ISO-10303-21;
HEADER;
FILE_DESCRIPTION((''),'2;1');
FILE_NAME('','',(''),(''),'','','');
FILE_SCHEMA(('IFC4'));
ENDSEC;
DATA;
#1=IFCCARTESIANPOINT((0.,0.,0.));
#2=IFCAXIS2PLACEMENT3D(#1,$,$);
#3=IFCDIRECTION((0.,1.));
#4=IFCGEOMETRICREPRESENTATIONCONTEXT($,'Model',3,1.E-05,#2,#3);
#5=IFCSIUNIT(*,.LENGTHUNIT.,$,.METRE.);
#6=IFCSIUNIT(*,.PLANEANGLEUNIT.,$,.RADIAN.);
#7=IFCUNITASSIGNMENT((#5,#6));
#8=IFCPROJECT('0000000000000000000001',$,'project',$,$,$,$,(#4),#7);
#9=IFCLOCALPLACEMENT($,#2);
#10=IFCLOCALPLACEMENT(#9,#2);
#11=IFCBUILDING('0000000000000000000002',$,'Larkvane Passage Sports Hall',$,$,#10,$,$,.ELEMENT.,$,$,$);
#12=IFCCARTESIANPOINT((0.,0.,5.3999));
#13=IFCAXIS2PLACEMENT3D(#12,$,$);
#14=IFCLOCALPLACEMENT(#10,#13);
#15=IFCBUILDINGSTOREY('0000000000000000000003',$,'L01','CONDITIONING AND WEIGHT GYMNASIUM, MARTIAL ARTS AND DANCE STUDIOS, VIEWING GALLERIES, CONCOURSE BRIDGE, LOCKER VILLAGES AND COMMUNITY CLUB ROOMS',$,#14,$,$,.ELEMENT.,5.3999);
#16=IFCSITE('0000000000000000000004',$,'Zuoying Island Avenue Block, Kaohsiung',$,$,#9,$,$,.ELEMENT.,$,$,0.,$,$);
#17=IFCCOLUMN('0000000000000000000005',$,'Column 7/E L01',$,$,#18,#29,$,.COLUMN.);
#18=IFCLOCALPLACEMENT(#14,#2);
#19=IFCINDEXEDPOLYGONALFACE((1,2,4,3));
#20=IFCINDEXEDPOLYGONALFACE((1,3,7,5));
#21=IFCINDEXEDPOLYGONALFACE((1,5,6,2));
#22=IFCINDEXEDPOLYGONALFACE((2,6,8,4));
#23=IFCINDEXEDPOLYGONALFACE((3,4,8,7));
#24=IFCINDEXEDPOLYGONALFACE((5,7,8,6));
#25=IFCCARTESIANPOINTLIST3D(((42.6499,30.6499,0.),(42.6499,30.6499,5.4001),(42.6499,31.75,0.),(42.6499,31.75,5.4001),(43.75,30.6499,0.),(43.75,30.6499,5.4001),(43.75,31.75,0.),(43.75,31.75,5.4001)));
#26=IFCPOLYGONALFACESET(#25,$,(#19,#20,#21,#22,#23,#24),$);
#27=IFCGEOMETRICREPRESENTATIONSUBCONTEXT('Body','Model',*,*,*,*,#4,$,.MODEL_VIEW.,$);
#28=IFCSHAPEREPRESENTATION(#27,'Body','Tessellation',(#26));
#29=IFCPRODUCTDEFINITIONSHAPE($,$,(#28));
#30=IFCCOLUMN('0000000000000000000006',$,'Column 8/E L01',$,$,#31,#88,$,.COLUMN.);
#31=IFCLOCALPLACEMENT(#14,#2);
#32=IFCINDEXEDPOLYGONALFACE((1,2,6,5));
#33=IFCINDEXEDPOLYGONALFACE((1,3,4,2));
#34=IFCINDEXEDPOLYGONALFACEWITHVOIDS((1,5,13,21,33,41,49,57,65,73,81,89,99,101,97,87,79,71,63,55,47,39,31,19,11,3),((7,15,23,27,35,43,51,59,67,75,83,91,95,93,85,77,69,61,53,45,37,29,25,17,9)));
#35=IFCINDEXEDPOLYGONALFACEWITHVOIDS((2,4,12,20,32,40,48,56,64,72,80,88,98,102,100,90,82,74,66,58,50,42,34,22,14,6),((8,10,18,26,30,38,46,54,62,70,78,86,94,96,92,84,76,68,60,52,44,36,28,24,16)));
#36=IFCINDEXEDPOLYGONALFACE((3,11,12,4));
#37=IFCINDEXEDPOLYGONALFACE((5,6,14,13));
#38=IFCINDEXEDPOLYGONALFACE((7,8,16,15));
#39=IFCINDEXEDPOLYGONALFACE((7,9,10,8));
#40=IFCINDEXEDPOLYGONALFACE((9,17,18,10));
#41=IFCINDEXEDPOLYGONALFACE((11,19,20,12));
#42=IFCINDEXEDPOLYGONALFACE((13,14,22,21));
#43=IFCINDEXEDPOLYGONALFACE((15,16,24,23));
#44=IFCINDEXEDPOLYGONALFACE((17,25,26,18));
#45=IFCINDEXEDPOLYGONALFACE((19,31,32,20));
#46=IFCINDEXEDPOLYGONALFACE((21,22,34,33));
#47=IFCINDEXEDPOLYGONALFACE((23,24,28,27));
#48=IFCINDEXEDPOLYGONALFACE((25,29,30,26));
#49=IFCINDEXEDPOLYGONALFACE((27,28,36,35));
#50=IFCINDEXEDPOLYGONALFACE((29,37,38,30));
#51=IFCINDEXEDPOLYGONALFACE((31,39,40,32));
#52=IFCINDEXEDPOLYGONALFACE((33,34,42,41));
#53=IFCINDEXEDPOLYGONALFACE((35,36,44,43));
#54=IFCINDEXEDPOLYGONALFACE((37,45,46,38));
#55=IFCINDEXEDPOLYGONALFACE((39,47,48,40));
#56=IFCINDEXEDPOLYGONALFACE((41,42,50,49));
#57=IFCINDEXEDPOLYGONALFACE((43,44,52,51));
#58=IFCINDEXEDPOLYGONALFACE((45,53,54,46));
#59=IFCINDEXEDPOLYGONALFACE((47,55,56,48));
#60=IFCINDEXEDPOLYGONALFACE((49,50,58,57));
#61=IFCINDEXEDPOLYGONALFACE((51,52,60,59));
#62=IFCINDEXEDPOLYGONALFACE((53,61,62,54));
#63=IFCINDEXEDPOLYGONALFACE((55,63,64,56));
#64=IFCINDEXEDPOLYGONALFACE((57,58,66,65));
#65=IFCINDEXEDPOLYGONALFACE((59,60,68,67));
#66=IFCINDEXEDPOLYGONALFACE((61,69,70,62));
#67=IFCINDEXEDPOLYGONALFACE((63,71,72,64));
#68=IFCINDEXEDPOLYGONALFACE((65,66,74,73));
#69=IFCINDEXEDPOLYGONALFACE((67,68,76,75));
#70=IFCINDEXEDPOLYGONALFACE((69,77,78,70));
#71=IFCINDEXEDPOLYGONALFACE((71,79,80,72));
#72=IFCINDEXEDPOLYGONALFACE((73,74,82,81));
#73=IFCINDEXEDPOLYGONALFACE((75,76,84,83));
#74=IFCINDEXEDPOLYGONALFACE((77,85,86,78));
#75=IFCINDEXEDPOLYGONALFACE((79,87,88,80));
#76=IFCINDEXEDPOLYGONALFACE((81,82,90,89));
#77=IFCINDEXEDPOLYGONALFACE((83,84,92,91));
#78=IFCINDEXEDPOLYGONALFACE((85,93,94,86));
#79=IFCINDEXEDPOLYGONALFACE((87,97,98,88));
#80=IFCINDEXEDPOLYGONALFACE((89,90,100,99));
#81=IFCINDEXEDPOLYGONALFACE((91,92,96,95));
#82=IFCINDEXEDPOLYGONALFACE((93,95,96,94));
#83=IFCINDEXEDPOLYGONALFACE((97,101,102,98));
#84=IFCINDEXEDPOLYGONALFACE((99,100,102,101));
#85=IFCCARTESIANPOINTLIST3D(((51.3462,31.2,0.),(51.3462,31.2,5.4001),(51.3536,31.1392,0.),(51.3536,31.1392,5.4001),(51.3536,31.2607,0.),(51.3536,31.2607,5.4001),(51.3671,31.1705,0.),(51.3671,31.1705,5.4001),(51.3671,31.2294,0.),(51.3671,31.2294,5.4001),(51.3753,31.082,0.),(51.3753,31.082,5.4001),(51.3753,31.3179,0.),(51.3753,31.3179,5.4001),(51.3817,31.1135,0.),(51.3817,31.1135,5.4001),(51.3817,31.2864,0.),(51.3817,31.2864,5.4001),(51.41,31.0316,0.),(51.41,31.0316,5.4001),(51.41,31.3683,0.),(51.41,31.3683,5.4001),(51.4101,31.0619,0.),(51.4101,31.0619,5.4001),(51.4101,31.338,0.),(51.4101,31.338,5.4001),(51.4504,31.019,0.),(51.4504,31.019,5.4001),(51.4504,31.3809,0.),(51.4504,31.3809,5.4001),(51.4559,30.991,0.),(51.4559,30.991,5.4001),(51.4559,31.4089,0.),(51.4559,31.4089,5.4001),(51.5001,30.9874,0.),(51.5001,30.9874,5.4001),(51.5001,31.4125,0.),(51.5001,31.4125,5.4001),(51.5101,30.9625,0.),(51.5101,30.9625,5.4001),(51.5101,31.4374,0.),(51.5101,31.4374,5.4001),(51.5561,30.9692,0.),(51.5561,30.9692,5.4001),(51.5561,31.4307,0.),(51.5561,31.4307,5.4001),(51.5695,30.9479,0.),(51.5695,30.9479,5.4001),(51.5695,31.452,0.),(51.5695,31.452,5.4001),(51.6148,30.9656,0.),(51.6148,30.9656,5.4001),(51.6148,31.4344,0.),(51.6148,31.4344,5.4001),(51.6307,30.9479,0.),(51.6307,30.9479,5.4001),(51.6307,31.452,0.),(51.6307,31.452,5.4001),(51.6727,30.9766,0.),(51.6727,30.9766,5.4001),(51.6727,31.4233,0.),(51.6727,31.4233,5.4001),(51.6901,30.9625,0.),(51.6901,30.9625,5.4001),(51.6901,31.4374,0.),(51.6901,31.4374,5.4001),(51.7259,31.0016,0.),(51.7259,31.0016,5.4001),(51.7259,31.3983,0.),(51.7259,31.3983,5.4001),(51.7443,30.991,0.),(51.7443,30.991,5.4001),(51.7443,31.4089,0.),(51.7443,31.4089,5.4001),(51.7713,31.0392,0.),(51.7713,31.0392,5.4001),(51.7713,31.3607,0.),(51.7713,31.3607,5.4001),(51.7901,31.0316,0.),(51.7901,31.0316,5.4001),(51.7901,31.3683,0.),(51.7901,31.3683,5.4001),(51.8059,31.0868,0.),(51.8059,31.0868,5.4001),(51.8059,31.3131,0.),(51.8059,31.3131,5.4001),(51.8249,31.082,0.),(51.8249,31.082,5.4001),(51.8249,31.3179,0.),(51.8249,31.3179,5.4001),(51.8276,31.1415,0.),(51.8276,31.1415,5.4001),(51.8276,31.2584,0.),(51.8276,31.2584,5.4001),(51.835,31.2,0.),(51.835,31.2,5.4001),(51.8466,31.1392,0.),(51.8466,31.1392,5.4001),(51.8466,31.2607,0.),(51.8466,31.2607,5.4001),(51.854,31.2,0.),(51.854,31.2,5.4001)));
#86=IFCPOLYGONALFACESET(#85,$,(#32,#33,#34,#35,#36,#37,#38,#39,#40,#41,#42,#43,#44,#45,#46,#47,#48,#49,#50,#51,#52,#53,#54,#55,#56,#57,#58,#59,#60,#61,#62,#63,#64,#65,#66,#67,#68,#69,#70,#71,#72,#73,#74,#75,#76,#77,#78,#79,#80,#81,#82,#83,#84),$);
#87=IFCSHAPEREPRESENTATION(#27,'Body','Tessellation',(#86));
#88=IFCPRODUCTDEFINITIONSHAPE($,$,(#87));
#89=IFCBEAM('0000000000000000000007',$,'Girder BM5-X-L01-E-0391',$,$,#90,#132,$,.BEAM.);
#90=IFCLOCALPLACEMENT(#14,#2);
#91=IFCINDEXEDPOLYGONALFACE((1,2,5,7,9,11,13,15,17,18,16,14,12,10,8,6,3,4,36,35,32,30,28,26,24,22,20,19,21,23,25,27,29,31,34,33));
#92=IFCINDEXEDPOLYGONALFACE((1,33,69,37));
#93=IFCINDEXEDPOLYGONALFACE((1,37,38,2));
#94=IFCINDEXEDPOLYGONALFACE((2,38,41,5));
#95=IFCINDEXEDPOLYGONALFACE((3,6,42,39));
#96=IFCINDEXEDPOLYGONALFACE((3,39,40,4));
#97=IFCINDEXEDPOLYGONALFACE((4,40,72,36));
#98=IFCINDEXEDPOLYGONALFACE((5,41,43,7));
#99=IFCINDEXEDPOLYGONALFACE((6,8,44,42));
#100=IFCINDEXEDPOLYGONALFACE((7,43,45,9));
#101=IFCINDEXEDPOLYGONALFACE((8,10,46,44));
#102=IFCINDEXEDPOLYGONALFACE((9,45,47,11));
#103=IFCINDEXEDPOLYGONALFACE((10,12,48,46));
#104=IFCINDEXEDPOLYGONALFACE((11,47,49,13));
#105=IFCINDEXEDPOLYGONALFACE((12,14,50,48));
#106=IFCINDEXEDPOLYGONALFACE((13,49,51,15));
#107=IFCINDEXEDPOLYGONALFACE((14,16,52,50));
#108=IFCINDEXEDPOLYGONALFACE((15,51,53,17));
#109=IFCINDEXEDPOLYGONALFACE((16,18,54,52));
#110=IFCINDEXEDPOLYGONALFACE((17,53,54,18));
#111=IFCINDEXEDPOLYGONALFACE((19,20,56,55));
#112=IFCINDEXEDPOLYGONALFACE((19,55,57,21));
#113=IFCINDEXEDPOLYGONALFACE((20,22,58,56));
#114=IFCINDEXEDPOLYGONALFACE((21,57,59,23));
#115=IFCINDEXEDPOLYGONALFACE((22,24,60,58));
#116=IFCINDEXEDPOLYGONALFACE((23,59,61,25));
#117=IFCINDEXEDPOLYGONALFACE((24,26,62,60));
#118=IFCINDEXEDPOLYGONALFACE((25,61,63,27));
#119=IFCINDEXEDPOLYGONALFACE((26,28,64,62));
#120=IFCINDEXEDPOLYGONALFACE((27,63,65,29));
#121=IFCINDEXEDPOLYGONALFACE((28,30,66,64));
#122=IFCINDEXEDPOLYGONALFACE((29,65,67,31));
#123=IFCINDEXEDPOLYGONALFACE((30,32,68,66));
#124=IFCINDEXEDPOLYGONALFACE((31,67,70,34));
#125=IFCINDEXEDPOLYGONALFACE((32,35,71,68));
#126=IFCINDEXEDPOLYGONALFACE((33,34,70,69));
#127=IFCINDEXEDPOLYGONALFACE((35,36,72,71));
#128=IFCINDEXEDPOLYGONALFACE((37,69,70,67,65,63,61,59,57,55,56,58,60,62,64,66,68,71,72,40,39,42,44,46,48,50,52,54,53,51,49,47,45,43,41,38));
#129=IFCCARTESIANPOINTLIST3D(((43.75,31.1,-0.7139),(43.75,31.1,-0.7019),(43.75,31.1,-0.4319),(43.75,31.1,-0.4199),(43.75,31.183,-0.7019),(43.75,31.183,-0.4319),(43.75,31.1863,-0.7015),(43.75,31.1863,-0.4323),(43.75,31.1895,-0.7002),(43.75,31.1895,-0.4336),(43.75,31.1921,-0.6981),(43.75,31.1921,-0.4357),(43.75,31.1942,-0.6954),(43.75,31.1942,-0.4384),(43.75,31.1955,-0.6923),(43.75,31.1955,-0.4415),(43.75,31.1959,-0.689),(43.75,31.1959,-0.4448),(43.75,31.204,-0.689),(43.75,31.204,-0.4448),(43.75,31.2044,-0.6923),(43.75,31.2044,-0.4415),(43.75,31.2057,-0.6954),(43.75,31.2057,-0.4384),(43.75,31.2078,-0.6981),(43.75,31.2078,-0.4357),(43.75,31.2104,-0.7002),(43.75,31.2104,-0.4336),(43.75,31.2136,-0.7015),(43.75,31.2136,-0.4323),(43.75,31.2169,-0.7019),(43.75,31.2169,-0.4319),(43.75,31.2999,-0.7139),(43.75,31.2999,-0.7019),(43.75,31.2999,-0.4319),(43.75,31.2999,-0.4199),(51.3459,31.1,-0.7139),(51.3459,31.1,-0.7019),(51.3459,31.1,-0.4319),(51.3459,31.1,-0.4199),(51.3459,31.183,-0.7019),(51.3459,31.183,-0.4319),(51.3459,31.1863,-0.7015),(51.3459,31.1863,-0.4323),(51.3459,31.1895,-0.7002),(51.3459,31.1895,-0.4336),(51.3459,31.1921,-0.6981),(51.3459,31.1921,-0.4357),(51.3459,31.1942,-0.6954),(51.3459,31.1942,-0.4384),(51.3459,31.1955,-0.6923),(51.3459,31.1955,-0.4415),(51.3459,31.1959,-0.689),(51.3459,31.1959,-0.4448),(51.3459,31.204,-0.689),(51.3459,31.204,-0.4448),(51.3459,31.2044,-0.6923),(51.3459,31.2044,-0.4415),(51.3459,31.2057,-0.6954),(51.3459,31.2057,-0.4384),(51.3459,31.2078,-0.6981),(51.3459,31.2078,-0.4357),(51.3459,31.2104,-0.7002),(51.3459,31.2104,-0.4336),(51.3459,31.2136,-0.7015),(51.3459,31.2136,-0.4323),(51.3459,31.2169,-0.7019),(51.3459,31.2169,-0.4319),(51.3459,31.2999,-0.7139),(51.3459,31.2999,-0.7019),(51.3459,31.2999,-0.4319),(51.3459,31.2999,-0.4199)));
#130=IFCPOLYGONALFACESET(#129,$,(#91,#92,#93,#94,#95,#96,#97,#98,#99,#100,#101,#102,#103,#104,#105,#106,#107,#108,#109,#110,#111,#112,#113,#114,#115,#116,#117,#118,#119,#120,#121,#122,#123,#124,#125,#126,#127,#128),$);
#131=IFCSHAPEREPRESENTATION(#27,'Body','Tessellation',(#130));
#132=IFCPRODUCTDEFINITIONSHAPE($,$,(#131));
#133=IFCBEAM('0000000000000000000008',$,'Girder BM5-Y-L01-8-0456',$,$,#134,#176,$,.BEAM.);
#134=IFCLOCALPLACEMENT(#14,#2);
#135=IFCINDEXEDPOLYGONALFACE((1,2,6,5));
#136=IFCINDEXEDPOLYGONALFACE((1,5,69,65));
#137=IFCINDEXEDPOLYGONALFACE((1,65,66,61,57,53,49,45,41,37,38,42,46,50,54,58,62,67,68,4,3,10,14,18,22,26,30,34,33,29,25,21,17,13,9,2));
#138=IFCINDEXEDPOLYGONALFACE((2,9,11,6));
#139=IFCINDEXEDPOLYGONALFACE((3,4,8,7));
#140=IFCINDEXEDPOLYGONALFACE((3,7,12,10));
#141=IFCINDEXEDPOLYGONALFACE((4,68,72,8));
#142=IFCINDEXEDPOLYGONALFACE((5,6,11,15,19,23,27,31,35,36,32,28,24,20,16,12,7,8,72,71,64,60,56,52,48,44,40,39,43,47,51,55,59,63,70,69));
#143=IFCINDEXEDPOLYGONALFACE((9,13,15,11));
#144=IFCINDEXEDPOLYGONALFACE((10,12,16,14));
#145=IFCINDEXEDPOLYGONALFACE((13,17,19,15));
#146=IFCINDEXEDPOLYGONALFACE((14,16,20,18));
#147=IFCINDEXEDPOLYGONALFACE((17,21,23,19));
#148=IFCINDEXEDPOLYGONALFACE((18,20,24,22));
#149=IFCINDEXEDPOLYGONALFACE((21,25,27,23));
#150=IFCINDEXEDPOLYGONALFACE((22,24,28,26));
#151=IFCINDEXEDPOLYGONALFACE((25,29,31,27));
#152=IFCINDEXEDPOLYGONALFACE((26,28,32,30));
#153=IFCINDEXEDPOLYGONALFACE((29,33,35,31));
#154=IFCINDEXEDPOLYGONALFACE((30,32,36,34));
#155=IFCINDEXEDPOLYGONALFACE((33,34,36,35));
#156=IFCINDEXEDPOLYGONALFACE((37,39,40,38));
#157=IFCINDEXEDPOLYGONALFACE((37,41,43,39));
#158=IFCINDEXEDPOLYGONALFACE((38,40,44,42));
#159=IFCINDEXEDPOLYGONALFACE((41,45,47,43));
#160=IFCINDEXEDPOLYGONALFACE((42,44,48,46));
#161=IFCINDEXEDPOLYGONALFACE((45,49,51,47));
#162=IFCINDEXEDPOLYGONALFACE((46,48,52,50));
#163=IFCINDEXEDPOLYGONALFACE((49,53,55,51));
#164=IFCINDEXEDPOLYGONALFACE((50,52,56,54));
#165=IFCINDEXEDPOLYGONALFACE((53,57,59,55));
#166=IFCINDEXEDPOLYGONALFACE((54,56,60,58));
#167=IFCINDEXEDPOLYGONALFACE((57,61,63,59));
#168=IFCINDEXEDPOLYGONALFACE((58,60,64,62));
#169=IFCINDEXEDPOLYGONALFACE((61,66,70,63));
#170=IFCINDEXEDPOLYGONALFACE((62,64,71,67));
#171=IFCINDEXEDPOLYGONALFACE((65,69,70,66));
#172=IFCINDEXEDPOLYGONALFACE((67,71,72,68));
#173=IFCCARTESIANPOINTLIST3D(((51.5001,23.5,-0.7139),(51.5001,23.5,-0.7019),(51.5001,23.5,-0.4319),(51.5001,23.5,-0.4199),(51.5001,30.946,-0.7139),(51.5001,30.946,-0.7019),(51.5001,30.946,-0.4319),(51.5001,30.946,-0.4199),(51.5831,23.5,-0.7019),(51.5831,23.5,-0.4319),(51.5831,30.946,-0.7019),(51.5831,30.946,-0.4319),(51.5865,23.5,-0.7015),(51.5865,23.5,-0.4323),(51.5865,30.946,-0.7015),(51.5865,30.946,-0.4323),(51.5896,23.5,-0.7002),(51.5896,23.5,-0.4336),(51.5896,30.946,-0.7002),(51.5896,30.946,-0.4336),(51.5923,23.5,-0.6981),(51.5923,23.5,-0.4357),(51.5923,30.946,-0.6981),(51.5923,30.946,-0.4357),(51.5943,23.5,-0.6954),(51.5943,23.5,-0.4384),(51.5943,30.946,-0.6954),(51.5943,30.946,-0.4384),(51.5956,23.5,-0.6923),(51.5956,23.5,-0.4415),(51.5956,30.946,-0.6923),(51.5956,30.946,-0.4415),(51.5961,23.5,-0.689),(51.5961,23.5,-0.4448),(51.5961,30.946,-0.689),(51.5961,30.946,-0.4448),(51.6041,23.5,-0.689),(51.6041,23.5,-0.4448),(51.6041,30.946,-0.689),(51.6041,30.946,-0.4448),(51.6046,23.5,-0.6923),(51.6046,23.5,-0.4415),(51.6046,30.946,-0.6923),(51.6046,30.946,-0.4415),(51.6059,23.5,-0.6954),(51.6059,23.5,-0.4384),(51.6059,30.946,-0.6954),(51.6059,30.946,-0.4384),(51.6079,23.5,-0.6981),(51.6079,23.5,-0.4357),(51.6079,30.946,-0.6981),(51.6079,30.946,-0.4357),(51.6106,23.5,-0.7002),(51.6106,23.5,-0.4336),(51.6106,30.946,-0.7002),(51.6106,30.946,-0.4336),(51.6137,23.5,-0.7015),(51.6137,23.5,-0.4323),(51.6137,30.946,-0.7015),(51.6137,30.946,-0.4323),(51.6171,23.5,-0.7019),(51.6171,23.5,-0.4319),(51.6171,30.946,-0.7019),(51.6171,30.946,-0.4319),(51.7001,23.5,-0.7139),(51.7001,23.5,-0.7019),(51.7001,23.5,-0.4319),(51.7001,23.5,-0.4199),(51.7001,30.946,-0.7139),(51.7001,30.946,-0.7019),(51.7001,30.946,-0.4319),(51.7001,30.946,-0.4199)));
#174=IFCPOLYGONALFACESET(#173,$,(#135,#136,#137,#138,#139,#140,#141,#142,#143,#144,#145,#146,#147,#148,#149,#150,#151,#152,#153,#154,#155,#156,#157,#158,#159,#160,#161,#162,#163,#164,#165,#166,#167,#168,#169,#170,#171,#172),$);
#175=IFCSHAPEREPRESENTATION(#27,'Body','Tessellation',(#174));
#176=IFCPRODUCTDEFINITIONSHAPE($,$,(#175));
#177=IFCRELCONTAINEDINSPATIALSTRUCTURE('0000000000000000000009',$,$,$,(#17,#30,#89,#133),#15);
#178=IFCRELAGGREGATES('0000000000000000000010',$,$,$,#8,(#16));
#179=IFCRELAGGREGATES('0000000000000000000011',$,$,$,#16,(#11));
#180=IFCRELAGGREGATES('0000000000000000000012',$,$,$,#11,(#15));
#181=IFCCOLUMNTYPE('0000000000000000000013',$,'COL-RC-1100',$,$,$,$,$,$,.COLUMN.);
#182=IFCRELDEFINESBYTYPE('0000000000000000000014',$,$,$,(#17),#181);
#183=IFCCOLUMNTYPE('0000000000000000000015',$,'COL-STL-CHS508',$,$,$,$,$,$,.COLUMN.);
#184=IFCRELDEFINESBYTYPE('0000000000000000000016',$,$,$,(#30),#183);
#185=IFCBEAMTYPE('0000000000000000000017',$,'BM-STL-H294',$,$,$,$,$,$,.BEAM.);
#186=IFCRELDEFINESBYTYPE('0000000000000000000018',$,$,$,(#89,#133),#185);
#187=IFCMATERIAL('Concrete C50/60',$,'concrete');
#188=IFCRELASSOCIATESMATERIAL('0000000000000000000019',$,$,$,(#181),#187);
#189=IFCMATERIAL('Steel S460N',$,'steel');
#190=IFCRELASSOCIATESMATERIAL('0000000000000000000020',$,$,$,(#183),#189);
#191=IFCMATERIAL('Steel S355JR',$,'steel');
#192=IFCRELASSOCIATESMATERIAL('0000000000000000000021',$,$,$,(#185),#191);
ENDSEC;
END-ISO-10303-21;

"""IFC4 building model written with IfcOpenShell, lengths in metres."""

from ifc_helpers import new_model, si_unit, direction, frame, origin, origin_2d, place, context, subcontext, project, spatial, rectangle, hollow_circle, i_section, extrude, material, material_profile, profile_set, type_object, element, save


model = new_model("IFC4")

# Units and contexts
model_context = context("Model", 3, precision=1e-05, world=origin(), true_north=direction((0.0, 1.0)))
body_context = subcontext(model_context, "Body", "Model", "MODEL_VIEW")
ifc_project = project(units=[si_unit("LENGTHUNIT", "METRE"), si_unit("PLANEANGLEUNIT", "RADIAN")], contexts=[model_context])

# Site, building, storey
site_placement = place(None, origin())
site = spatial("IfcSite", under=ifc_project, at=site_placement, Name="Zuoying Island Avenue Block, Kaohsiung", CompositionType="ELEMENT", RefElevation=0.0)
building_placement = place(site_placement, origin())
building = spatial("IfcBuilding", under=site, at=building_placement, Name="Larkvane Passage Sports Hall", CompositionType="ELEMENT")
storey_placement = place(building_placement, frame((0.0, 0.0, 5.3999)))
storey = spatial("IfcBuildingStorey", under=building, at=storey_placement, Name="L01", Description="CONDITIONING AND WEIGHT GYMNASIUM, MARTIAL ARTS AND DANCE STUDIOS, VIEWING GALLERIES, CONCOURSE BRIDGE, LOCKER VILLAGES AND COMMUNITY CLUB ROOMS", CompositionType="ELEMENT", Elevation=5.3999)

# Columns
ifc_material_1 = material(Name="Concrete C50/60", Category="concrete")
ifc_material_profile_1 = material_profile(ifc_material_1, rectangle(XDim=1.1001, YDim=1.1001, at=origin_2d()), Name="RC-COL-1100x1100")
ifc_profile_set_1 = profile_set([ifc_material_profile_1], Name="Concrete C50/60")
column_type_1 = type_object("IfcColumnType", Name="COL-RC-1100", PredefinedType="COLUMN", material=ifc_profile_set_1)
column_1_placement = place(storey_placement, frame((43.2, 31.2, 0.0), z_axis=(0.0, 0.0, 1.0), x_axis=(1.0, 0.0, 0.0)))
element("IfcColumn", 1, at=column_1_placement, inside=storey, type_object=column_type_1, Name="Column 7/E L01", PredefinedType="COLUMN", context=body_context, shape_type="SweptSolid", body=[
    extrude(rectangle(XDim=1.1001, YDim=1.1001, at=origin_2d()), origin(), (0.0, 0.0, 1.0), 5.4001),
])
ifc_material_2 = material(Name="Steel S460N", Category="steel")
ifc_material_profile_2 = material_profile(ifc_material_2, hollow_circle(Radius=0.2539, WallThickness=0.019, at=origin_2d()), Name="CHS-508.0x19.0")
ifc_profile_set_2 = profile_set([ifc_material_profile_2], Name="Steel S460N")
column_type_2 = type_object("IfcColumnType", Name="COL-STL-CHS508", PredefinedType="COLUMN", material=ifc_profile_set_2)
column_2_placement = place(storey_placement, frame((51.6001, 31.2, 0.0), z_axis=(0.0, 0.0, 1.0), x_axis=(1.0, 0.0, 0.0)))
element("IfcColumn", 2, at=column_2_placement, inside=storey, type_object=column_type_2, Name="Column 8/E L01", PredefinedType="COLUMN", context=body_context, shape_type="SweptSolid", body=[
    extrude(hollow_circle(Radius=0.2539, WallThickness=0.019, at=origin_2d()), origin(), (0.0, 0.0, 1.0), 5.4001),
])

# Beams
ifc_material_3 = material(Name="Steel S355JR", Category="steel")
ifc_material_profile_3 = material_profile(ifc_material_3, i_section(OverallWidth=0.2, OverallDepth=0.2939, WebThickness=0.0081, FlangeThickness=0.012, FilletRadius=0.0129, at=origin_2d()), Name="H-294x200x8x12")
ifc_profile_set_3 = profile_set([ifc_material_profile_3], Name="Steel S355JR")
beam_type_1 = type_object("IfcBeamType", Name="BM-STL-H294", PredefinedType="BEAM", material=ifc_profile_set_3)
beam_1_placement = place(storey_placement, frame((43.75, 31.2, -0.5669), z_axis=(1.0, 0.0, 0.0), x_axis=(0.0, 1.0, 0.0)))
element("IfcBeam", 3, at=beam_1_placement, inside=storey, type_object=beam_type_1, Name="Girder BM5-X-L01-E-0391", PredefinedType="BEAM", context=body_context, shape_type="SweptSolid", body=[
    extrude(i_section(OverallWidth=0.2, OverallDepth=0.2939, WebThickness=0.0081, FlangeThickness=0.012, FilletRadius=0.0129, at=origin_2d()), origin(), (0.0, 0.0, 1.0), 7.5959),
])
beam_2_placement = place(storey_placement, frame((51.6001, 23.5, -0.5669), z_axis=(0.0, 1.0, 0.0), x_axis=(-1.0, 0.0, 0.0)))
element("IfcBeam", 4, at=beam_2_placement, inside=storey, type_object=beam_type_1, Name="Girder BM5-Y-L01-8-0456", PredefinedType="BEAM", context=body_context, shape_type="SweptSolid", body=[
    extrude(i_section(OverallWidth=0.2, OverallDepth=0.2939, WebThickness=0.0081, FlangeThickness=0.012, FilletRadius=0.0129, at=origin_2d()), origin(), (0.0, 0.0, 1.0), 7.446),
])

save(model, "model.ifc")
